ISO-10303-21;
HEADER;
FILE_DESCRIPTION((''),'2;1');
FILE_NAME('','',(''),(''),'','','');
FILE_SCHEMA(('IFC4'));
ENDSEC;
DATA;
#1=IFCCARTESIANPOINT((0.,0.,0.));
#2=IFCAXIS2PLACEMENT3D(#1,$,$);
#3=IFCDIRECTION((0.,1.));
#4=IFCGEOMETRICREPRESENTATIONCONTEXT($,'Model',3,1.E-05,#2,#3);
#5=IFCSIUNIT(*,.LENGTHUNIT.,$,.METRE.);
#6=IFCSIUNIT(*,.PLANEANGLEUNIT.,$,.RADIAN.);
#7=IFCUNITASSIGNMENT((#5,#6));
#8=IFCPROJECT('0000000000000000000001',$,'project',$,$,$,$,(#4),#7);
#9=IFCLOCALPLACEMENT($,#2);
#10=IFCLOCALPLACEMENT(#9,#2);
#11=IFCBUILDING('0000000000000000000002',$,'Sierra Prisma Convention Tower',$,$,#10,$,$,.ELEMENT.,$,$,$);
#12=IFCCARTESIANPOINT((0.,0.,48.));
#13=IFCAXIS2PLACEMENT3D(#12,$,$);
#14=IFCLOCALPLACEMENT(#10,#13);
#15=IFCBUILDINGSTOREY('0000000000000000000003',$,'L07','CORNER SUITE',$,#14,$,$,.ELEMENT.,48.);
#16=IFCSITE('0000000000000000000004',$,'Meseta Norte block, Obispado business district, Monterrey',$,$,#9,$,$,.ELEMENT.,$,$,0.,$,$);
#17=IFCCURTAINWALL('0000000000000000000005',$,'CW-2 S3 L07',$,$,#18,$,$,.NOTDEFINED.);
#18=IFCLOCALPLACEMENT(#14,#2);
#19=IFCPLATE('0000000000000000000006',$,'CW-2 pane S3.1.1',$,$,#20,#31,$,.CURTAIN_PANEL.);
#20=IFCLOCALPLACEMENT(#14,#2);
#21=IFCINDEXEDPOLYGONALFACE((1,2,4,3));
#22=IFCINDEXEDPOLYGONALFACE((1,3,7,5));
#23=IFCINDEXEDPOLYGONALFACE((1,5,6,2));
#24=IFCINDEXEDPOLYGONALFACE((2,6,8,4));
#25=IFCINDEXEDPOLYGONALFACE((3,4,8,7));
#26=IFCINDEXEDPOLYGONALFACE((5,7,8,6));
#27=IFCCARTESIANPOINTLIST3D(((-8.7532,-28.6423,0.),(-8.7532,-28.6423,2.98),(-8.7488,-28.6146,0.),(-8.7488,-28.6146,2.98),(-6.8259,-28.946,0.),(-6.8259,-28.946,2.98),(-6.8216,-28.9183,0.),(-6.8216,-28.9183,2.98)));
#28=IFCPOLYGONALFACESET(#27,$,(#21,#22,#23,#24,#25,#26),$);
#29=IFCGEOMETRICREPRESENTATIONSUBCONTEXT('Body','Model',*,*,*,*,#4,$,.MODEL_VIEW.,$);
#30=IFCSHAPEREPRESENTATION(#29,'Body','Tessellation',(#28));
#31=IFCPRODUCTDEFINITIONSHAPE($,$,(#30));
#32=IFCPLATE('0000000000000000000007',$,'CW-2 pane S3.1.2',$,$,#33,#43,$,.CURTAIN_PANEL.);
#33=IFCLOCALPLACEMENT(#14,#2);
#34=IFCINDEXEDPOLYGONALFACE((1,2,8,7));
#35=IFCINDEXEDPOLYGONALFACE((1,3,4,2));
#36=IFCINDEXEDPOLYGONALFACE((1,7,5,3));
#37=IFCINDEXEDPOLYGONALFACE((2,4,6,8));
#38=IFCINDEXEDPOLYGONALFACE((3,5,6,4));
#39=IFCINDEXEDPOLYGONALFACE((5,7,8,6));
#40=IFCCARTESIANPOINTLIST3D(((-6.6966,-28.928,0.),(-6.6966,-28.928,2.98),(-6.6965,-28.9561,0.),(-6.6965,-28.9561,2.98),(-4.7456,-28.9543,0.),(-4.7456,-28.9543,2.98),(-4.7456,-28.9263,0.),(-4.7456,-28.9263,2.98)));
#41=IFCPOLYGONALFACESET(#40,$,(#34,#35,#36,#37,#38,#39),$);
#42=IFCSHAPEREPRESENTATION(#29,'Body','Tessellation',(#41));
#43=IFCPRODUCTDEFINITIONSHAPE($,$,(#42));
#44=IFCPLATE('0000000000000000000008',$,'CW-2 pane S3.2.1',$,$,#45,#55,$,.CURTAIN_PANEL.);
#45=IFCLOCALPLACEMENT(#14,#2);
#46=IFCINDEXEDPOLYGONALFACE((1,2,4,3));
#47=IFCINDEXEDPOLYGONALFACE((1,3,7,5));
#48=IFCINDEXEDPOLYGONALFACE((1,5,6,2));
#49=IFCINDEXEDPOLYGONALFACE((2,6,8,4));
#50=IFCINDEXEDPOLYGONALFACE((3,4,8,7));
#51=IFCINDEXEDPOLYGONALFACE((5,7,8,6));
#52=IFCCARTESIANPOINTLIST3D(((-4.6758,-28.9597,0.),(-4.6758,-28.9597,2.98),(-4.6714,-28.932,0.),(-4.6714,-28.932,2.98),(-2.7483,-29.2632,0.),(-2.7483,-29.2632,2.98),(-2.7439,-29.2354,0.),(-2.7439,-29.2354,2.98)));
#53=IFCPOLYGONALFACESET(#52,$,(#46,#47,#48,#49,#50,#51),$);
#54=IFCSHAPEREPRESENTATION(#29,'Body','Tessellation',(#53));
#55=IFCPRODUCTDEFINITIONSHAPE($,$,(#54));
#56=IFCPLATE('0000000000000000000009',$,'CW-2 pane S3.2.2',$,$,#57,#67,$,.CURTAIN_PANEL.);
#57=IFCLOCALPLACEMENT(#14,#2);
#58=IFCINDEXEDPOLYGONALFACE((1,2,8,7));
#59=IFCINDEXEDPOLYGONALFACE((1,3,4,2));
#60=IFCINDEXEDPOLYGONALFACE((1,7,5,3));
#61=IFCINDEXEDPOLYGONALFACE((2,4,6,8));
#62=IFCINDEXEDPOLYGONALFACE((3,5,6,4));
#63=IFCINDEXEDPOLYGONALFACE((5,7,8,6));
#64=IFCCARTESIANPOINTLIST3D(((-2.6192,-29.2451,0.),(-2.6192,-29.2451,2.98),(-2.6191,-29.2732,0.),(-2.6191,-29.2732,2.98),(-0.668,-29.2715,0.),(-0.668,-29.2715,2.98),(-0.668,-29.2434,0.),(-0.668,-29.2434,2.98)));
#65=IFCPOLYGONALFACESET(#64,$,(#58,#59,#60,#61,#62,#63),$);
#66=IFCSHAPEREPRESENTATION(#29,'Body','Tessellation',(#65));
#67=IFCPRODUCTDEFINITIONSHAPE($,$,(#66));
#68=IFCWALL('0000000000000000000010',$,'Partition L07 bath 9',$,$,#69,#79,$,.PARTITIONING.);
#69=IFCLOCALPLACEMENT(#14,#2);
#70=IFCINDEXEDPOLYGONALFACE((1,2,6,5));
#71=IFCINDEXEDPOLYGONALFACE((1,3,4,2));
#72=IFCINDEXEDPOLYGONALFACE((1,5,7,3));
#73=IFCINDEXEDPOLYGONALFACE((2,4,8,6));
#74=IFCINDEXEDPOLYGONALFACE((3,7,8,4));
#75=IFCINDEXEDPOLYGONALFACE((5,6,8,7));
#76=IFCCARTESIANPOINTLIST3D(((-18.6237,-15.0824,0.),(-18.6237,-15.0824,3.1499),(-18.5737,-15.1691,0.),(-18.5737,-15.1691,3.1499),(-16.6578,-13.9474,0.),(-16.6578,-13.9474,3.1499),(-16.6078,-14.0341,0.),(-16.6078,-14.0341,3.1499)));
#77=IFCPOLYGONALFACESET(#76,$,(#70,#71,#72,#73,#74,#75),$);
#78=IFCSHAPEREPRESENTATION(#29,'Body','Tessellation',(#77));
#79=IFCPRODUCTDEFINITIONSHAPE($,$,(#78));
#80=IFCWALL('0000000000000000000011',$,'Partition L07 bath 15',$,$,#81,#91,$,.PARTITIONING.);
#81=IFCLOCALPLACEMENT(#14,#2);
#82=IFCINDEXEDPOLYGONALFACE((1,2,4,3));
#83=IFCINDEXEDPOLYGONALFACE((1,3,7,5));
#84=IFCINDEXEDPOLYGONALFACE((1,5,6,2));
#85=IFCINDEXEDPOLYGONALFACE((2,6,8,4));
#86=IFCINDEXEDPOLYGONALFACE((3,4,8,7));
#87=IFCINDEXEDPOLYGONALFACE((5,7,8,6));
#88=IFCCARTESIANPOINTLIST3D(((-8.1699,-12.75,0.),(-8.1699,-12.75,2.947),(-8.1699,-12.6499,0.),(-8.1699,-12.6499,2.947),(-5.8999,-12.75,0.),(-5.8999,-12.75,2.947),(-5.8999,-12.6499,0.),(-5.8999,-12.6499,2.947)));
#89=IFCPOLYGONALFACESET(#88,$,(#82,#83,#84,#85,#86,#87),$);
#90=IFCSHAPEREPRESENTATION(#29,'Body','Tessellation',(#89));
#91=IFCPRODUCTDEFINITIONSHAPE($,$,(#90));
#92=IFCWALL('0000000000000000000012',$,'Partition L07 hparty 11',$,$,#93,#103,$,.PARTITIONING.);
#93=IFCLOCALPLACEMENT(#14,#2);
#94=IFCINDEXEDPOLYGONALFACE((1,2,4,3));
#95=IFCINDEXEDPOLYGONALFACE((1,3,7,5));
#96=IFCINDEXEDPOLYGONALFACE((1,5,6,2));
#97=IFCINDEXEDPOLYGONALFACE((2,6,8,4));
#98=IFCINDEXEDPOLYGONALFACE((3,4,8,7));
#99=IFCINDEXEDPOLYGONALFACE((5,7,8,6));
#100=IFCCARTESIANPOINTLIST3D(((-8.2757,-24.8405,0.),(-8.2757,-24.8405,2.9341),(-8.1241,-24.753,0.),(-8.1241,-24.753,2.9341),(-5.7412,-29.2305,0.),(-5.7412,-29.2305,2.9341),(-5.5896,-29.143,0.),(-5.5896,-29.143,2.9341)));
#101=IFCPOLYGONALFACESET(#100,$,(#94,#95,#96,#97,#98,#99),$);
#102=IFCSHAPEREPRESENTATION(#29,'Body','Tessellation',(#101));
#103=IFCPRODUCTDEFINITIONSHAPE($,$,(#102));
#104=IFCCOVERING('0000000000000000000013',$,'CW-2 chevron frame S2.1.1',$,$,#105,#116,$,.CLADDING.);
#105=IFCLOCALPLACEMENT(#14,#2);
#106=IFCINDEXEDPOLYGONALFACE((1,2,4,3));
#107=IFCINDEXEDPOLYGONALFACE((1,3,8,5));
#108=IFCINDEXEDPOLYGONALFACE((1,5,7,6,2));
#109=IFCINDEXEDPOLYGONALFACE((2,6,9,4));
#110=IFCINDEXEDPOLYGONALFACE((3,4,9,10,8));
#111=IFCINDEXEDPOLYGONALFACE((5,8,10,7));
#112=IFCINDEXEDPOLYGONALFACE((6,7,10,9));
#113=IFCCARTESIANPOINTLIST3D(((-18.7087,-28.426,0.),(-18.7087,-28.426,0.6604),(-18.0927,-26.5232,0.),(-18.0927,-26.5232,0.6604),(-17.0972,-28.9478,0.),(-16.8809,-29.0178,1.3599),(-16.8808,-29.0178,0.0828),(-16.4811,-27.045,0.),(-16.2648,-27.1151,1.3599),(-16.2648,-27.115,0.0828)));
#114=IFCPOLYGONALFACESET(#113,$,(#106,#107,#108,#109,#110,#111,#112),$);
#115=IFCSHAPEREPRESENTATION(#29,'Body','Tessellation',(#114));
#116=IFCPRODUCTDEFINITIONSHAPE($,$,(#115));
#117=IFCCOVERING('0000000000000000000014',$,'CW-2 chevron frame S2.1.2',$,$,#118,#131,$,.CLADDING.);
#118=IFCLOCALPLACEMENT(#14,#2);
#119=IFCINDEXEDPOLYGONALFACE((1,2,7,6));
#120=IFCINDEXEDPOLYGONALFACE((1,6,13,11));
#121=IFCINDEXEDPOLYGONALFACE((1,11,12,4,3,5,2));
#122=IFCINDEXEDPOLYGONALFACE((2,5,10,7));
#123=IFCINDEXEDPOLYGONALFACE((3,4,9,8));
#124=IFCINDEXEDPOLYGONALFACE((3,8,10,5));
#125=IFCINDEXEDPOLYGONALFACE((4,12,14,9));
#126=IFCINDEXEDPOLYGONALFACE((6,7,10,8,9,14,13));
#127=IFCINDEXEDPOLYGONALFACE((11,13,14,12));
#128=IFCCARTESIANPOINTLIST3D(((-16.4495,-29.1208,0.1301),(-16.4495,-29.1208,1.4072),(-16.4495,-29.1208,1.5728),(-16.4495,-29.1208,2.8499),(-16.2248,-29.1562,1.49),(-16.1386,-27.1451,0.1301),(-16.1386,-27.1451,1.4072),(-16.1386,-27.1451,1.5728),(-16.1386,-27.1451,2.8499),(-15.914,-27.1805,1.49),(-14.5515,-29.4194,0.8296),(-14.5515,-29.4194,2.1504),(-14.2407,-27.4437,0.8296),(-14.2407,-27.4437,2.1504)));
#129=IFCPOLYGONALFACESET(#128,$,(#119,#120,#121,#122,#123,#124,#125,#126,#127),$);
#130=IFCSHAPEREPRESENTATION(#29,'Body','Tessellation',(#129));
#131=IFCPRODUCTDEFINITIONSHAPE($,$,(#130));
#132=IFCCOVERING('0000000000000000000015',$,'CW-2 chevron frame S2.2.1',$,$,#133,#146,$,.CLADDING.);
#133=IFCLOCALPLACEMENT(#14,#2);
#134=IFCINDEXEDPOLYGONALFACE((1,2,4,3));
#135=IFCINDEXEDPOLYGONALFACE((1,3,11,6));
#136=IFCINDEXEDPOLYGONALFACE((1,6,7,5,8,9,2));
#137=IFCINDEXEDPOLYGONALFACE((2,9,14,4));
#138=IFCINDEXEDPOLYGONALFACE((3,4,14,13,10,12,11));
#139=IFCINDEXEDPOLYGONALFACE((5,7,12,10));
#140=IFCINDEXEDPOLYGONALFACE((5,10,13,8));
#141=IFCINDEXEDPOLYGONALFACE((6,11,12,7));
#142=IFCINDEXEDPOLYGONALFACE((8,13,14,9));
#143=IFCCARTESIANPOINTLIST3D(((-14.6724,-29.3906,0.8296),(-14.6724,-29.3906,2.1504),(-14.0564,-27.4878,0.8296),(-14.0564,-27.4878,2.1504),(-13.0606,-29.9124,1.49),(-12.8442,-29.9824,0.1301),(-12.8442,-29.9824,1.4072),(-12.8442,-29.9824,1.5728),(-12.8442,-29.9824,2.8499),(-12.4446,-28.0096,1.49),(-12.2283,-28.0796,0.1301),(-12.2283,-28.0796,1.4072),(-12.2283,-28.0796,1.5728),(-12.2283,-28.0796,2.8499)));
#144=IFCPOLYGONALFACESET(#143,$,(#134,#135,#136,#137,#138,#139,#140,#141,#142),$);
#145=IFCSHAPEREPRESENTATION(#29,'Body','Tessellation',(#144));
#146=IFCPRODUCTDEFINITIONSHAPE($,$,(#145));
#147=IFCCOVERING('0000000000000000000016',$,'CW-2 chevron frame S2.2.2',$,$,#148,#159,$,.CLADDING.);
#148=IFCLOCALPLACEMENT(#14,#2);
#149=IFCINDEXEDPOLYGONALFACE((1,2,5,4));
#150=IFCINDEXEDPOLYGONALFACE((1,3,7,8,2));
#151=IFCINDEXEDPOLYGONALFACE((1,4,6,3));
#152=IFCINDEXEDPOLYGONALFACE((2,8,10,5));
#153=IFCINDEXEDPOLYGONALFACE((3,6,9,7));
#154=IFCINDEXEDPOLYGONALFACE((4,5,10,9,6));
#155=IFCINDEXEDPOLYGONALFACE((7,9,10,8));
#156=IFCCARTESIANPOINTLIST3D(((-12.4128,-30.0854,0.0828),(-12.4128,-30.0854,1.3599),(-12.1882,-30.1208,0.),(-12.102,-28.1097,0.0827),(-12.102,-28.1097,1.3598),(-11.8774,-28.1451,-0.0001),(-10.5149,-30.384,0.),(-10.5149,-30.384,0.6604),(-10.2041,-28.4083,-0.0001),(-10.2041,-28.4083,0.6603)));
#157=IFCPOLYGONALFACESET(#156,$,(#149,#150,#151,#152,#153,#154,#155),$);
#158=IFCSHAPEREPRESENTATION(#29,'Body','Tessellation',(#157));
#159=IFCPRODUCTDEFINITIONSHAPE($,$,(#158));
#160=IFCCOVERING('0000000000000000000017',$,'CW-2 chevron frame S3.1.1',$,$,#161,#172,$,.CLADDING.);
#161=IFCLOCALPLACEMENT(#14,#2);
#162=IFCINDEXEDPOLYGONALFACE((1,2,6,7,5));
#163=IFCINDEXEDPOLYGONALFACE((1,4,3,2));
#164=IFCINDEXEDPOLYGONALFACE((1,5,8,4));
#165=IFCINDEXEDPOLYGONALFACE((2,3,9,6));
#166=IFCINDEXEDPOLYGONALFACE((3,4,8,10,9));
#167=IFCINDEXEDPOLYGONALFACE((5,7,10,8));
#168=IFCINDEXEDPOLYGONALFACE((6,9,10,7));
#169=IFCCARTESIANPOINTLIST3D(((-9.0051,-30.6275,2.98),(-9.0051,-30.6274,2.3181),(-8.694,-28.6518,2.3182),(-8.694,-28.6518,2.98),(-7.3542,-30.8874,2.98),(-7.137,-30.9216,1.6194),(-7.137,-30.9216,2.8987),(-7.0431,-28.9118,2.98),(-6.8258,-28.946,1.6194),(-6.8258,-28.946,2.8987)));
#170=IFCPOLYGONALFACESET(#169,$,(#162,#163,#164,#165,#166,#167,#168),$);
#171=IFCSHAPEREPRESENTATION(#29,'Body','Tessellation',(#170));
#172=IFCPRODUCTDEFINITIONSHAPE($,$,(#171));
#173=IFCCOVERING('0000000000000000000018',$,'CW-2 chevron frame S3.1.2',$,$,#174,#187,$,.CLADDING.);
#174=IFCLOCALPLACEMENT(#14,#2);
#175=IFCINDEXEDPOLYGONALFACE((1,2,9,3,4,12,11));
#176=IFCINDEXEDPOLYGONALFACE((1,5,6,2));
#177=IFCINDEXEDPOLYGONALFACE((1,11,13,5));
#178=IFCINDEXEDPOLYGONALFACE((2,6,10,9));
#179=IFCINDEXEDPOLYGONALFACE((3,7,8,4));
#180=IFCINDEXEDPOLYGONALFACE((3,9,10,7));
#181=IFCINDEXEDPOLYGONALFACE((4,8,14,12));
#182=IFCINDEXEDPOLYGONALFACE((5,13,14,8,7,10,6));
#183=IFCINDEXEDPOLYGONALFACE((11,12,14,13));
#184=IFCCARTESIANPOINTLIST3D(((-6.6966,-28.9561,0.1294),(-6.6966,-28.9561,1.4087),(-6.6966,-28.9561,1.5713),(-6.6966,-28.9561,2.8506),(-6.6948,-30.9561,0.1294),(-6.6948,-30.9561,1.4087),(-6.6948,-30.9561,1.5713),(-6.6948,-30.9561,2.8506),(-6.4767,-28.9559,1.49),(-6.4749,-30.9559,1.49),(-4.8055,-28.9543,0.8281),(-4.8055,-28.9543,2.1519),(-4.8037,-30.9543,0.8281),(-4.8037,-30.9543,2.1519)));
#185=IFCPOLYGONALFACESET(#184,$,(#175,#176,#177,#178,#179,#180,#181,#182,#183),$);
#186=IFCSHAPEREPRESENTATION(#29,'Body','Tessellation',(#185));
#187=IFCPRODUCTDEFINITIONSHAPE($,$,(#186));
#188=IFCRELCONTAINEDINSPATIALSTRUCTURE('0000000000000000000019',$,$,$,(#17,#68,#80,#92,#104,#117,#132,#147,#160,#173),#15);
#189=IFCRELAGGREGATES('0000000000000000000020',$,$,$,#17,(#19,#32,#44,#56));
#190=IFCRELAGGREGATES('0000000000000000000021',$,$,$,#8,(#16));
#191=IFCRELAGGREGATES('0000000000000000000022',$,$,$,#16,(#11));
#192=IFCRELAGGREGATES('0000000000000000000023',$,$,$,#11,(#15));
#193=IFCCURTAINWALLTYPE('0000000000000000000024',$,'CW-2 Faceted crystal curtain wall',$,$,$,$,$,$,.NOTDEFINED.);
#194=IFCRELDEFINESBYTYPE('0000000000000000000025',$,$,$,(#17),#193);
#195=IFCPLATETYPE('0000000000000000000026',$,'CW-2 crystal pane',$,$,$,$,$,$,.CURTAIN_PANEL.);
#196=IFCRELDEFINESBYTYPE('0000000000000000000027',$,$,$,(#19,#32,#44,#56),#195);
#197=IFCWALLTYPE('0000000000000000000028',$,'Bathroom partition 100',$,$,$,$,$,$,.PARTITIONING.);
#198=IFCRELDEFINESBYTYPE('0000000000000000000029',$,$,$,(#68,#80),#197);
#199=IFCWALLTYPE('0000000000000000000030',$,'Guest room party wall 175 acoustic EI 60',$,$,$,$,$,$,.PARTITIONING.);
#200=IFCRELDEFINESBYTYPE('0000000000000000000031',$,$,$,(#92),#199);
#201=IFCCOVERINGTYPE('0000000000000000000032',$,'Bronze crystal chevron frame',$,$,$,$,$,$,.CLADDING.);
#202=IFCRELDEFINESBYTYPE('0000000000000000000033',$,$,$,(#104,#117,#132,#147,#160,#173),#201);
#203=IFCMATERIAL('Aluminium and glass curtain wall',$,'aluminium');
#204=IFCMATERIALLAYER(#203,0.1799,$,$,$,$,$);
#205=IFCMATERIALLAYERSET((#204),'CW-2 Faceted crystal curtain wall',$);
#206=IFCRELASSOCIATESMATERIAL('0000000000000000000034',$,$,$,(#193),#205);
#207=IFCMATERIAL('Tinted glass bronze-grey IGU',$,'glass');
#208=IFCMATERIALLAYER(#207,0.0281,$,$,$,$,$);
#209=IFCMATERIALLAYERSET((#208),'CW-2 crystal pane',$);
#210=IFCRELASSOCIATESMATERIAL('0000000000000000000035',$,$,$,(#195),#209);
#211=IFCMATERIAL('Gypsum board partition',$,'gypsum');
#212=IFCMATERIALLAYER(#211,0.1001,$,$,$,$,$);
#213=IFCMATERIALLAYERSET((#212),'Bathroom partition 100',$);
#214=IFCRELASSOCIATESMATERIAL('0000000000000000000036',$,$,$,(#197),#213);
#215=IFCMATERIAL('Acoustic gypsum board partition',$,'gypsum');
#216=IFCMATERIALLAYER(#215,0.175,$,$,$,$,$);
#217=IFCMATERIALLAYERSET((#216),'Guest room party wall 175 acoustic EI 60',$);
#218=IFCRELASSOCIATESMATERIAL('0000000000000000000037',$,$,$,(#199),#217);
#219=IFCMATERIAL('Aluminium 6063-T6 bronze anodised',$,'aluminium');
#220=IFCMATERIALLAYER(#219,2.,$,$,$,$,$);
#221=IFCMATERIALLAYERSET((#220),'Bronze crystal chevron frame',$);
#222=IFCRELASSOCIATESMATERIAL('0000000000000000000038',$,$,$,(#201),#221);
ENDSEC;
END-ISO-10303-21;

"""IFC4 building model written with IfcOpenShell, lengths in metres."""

from ifc_helpers import new_model, si_unit, direction, frame, frame_2d, origin, place, context, subcontext, project, spatial, polyline, rectangle, outline, extrude, material, layer, layer_set, type_object, element, aggregate, save


model = new_model("IFC4")

# Units and contexts
model_context = context("Model", 3, precision=1e-05, world=origin(), true_north=direction((0.0, 1.0)))
body_context = subcontext(model_context, "Body", "Model", "MODEL_VIEW")
ifc_project = project(units=[si_unit("LENGTHUNIT", "METRE"), si_unit("PLANEANGLEUNIT", "RADIAN")], contexts=[model_context])

# Site, building, storey
site_placement = place(None, origin())
site = spatial("IfcSite", under=ifc_project, at=site_placement, Name="Meseta Norte block, Obispado business district, Monterrey", CompositionType="ELEMENT", RefElevation=0.0)
building_placement = place(site_placement, origin())
building = spatial("IfcBuilding", under=site, at=building_placement, Name="Sierra Prisma Convention Tower", CompositionType="ELEMENT")
storey_placement = place(building_placement, frame((0.0, 0.0, 48.0)))
storey = spatial("IfcBuildingStorey", under=building, at=storey_placement, Name="L07", Description="CORNER SUITE", CompositionType="ELEMENT", Elevation=48.0)

# Curtain wall
ifc_material_1 = material(Name="Aluminium and glass curtain wall", Category="aluminium")
ifc_layer_1 = layer(ifc_material_1, 0.1799)
ifc_layer_set_1 = layer_set([ifc_layer_1], Name="CW-2 Faceted crystal curtain wall")
curtain_wall_type = type_object("IfcCurtainWallType", Name="CW-2 Faceted crystal curtain wall", PredefinedType="NOTDEFINED", material=ifc_layer_set_1)
curtain_wall_1_placement = place(storey_placement, origin())
curtain_wall_1 = element("IfcCurtainWall", 1, at=curtain_wall_1_placement, inside=storey, type_object=curtain_wall_type, Name="CW-2 S3 L07", PredefinedType="NOTDEFINED")

# Plates
ifc_material_2 = material(Name="Tinted glass bronze-grey IGU", Category="glass")
ifc_layer_2 = layer(ifc_material_2, 0.0281)
ifc_layer_set_2 = layer_set([ifc_layer_2], Name="CW-2 crystal pane")
plate_type = type_object("IfcPlateType", Name="CW-2 crystal pane", PredefinedType="CURTAIN_PANEL", material=ifc_layer_set_2)
plate_1_placement = place(storey_placement, frame((-8.7532, -28.6423, 0.0), z_axis=(-0.155667, -0.98781, 0.0), x_axis=(0.98781, -0.155667, 0.0)))
plate_1 = element("IfcPlate", 2, at=plate_1_placement, type_object=plate_type, Name="CW-2 pane S3.1.1", PredefinedType="CURTAIN_PANEL", context=body_context, shape_type="SweptSolid", body=[
    extrude(outline(polyline([(0.0, 0.0), (1.951, 0.0), (1.951, 2.98), (0.0, 2.98), (0.0, 0.0)])), origin(), (0.0, 0.0, -1.0), 0.0281),
])
plate_2_placement = place(storey_placement, frame((-4.7456, -28.9543, 0.0), z_axis=(0.000876, -1.0, 0.0), x_axis=(-1.0, -0.000876, 0.0)))
plate_2 = element("IfcPlate", 3, at=plate_2_placement, type_object=plate_type, Name="CW-2 pane S3.1.2", PredefinedType="CURTAIN_PANEL", context=body_context, shape_type="SweptSolid", body=[
    extrude(outline(polyline([(0.0, 0.0), (1.9509, 0.0), (1.9509, -2.98), (0.0, -2.98), (0.0, 0.0)])), origin(), (0.0, 0.0, -1.0), 0.0281),
])
plate_3_placement = place(storey_placement, frame((-4.6758, -28.9597, 0.0), z_axis=(-0.155526, -0.987832, 0.0), x_axis=(0.987832, -0.155526, 0.0)))
plate_3 = element("IfcPlate", 4, at=plate_3_placement, type_object=plate_type, Name="CW-2 pane S3.2.1", PredefinedType="CURTAIN_PANEL", context=body_context, shape_type="SweptSolid", body=[
    extrude(outline(polyline([(0.0, 0.0), (1.9512, 0.0), (1.9512, 2.98), (0.0, 2.98), (0.0, 0.0)])), origin(), (0.0, 0.0, -1.0), 0.0281),
])
plate_4_placement = place(storey_placement, frame((-0.668, -29.2715, 0.0), z_axis=(0.000876, -1.0, 0.0), x_axis=(-1.0, -0.000876, 0.0)))
plate_4 = element("IfcPlate", 5, at=plate_4_placement, type_object=plate_type, Name="CW-2 pane S3.2.2", PredefinedType="CURTAIN_PANEL", context=body_context, shape_type="SweptSolid", body=[
    extrude(outline(polyline([(0.0, 0.0), (1.9512, 0.0), (1.9512, -2.98), (0.0, -2.98), (0.0, 0.0)])), origin(), (0.0, 0.0, -1.0), 0.0281),
])
aggregate(curtain_wall_1, [plate_1, plate_2, plate_3, plate_4])

# Walls
ifc_material_3 = material(Name="Gypsum board partition", Category="gypsum")
ifc_layer_3 = layer(ifc_material_3, 0.1001)
ifc_layer_set_3 = layer_set([ifc_layer_3], Name="Bathroom partition 100")
wall_type_1 = type_object("IfcWallType", Name="Bathroom partition 100", PredefinedType="PARTITIONING", material=ifc_layer_set_3)
wall_1_placement = place(storey_placement, frame((-16.6328, -13.9907, 0.0), z_axis=(0.0, 0.0, 1.0), x_axis=(-0.866017, -0.500014, 0.0)))
element("IfcWall", 6, at=wall_1_placement, inside=storey, type_object=wall_type_1, Name="Partition L07 bath 9", PredefinedType="PARTITIONING", context=body_context, shape_type="SweptSolid", body=[
    extrude(rectangle(XDim=2.27, YDim=0.1001, at=frame_2d((1.135, 0.0))), origin(), (0.0, 0.0, 1.0), 3.1499),
])
wall_2_placement = place(storey_placement, frame((-5.8999, -12.7, 0.0), z_axis=(0.0, 0.0, 1.0), x_axis=(-1.0, 0.0, 0.0)))
element("IfcWall", 7, at=wall_2_placement, inside=storey, type_object=wall_type_1, Name="Partition L07 bath 15", PredefinedType="PARTITIONING", context=body_context, shape_type="SweptSolid", body=[
    extrude(rectangle(XDim=2.27, YDim=0.1001, at=frame_2d((1.135, 0.0))), origin(), (0.0, 0.0, 1.0), 2.947),
])
ifc_material_4 = material(Name="Acoustic gypsum board partition", Category="gypsum")
ifc_layer_4 = layer(ifc_material_4, 0.175)
ifc_layer_set_4 = layer_set([ifc_layer_4], Name="Guest room party wall 175 acoustic EI 60")
wall_type_2 = type_object("IfcWallType", Name="Guest room party wall 175 acoustic EI 60", PredefinedType="PARTITIONING", material=ifc_layer_set_4)
wall_3_placement = place(storey_placement, frame((-8.2, -24.7966, 0.0), z_axis=(0.0, 0.0, 1.0), x_axis=(0.499988, -0.866032, 0.0)))
element("IfcWall", 8, at=wall_3_placement, inside=storey, type_object=wall_type_2, Name="Partition L07 hparty 11", PredefinedType="PARTITIONING", context=body_context, shape_type="SweptSolid", body=[
    extrude(rectangle(XDim=5.0691, YDim=0.175, at=frame_2d((2.5347, 0.0))), origin(), (0.0, 0.0, 1.0), 2.9341),
])

# Coverings
ifc_material_5 = material(Name="Aluminium 6063-T6 bronze anodised", Category="aluminium")
ifc_layer_5 = layer(ifc_material_5, 2.0)
ifc_layer_set_5 = layer_set([ifc_layer_5], Name="Bronze crystal chevron frame")
covering_type = type_object("IfcCoveringType", Name="Bronze crystal chevron frame", PredefinedType="CLADDING", material=ifc_layer_set_5)
covering_1_placement = place(storey_placement, frame((-17.0972, -28.9478, 0.0), z_axis=(-0.308019, -0.95138, -0.000017), x_axis=(0.893995, -0.289446, 0.342043)))
element("IfcCovering", 9, at=covering_1_placement, inside=storey, type_object=covering_type, Name="CW-2 chevron frame S2.1.1", PredefinedType="CLADDING", context=body_context, shape_type="SweptSolid", body=[
    extrude(outline(polyline([(0.0, 0.0), (0.242, 0.0), (0.6788, 1.2001), (-1.3659, 1.2), (-1.5918, 0.5794), (0.0, 0.0)])), origin(), (0.0, 0.0, -1.0), 2.0),
])
covering_2_placement = place(storey_placement, frame((-16.4495, -29.1208, 1.4072), z_axis=(-0.155407, -0.987851, 0.0), x_axis=(0.0, 0.0, -1.0)))
element("IfcCovering", 10, at=covering_2_placement, inside=storey, type_object=covering_type, Name="CW-2 chevron frame S2.1.2", PredefinedType="CLADDING", context=body_context, shape_type="SweptSolid", body=[
    extrude(outline(polyline([(0.0, 0.0), (1.2771, 0.0), (0.5776, 1.9213), (-0.7432, 1.9213), (-1.4426, 0.0), (-0.1655, 0.0), (-0.0828, 0.2274), (0.0, 0.0)])), origin(), (0.0, 0.0, -1.0), 2.0),
])
covering_3_placement = place(storey_placement, frame((-14.6724, -29.3906, 0.8296), z_axis=(-0.307982, -0.951392, 0.0), x_axis=(0.894004, -0.289404, -0.342057)))
element("IfcCovering", 11, at=covering_3_placement, inside=storey, type_object=covering_type, Name="CW-2 chevron frame S2.2.1", PredefinedType="CLADDING", context=body_context, shape_type="SweptSolid", body=[
    extrude(outline(polyline([(0.0, 0.0), (2.0449, 0.0), (1.608, 1.2001), (1.3661, 1.2001), (1.5514, 1.3556), (1.1146, 2.5557), (-0.4518, 1.2411), (0.0, 0.0)])), origin(), (0.0, 0.0, -1.0), 2.0),
])
covering_4_placement = place(storey_placement, frame((-12.4128, -30.0854, 0.0828), z_axis=(-0.155407, -0.987851, 0.000032), x_axis=(0.92827, -0.146044, -0.342033)))
element("IfcCovering", 12, at=covering_4_placement, inside=storey, type_object=covering_type, Name="CW-2 chevron frame S2.2.2", PredefinedType="CLADDING", context=body_context, shape_type="SweptSolid", body=[
    extrude(outline(polyline([(0.0, 0.0), (0.242, 0.0), (1.8337, 0.5794), (1.6078, 1.1999), (-0.4368, 1.2001), (0.0, 0.0)])), origin(), (0.0, 0.0, -1.0), 2.0),
])
covering_5_placement = place(storey_placement, frame((-9.0051, -30.6274, 2.3181), z_axis=(-0.155559, -0.987827, -0.000018), x_axis=(0.926607, -0.145912, -0.346569)))
element("IfcCovering", 13, at=covering_5_placement, inside=storey, type_object=covering_type, Name="CW-2 chevron frame S3.1.1", PredefinedType="CLADDING", context=body_context, shape_type="SweptSolid", body=[
    extrude(outline(polyline([(0.0, 0.0), (2.0161, 0.0), (1.5728, 1.2), (1.3383, 1.2), (-0.2294, 0.6208), (0.0, 0.0)])), origin(), (0.0, 0.0, -1.0), 2.0),
])
covering_6_placement = place(storey_placement, frame((-6.6948, -30.9561, 1.4087), z_axis=(0.000903, -1.0, 0.0), x_axis=(0.0, 0.0, -1.0)))
element("IfcCovering", 14, at=covering_6_placement, inside=storey, type_object=covering_type, Name="CW-2 chevron frame S3.1.2", PredefinedType="CLADDING", context=body_context, shape_type="SweptSolid", body=[
    extrude(outline(polyline([(0.0, 0.0), (1.2793, 0.0), (0.5806, 1.8911), (-0.7432, 1.8911), (-1.4419, 0.0), (-0.1626, 0.0), (-0.0813, 0.22), (0.0, 0.0)])), origin(), (0.0, 0.0, -1.0), 2.0),
])

save(model, "model.ifc")
